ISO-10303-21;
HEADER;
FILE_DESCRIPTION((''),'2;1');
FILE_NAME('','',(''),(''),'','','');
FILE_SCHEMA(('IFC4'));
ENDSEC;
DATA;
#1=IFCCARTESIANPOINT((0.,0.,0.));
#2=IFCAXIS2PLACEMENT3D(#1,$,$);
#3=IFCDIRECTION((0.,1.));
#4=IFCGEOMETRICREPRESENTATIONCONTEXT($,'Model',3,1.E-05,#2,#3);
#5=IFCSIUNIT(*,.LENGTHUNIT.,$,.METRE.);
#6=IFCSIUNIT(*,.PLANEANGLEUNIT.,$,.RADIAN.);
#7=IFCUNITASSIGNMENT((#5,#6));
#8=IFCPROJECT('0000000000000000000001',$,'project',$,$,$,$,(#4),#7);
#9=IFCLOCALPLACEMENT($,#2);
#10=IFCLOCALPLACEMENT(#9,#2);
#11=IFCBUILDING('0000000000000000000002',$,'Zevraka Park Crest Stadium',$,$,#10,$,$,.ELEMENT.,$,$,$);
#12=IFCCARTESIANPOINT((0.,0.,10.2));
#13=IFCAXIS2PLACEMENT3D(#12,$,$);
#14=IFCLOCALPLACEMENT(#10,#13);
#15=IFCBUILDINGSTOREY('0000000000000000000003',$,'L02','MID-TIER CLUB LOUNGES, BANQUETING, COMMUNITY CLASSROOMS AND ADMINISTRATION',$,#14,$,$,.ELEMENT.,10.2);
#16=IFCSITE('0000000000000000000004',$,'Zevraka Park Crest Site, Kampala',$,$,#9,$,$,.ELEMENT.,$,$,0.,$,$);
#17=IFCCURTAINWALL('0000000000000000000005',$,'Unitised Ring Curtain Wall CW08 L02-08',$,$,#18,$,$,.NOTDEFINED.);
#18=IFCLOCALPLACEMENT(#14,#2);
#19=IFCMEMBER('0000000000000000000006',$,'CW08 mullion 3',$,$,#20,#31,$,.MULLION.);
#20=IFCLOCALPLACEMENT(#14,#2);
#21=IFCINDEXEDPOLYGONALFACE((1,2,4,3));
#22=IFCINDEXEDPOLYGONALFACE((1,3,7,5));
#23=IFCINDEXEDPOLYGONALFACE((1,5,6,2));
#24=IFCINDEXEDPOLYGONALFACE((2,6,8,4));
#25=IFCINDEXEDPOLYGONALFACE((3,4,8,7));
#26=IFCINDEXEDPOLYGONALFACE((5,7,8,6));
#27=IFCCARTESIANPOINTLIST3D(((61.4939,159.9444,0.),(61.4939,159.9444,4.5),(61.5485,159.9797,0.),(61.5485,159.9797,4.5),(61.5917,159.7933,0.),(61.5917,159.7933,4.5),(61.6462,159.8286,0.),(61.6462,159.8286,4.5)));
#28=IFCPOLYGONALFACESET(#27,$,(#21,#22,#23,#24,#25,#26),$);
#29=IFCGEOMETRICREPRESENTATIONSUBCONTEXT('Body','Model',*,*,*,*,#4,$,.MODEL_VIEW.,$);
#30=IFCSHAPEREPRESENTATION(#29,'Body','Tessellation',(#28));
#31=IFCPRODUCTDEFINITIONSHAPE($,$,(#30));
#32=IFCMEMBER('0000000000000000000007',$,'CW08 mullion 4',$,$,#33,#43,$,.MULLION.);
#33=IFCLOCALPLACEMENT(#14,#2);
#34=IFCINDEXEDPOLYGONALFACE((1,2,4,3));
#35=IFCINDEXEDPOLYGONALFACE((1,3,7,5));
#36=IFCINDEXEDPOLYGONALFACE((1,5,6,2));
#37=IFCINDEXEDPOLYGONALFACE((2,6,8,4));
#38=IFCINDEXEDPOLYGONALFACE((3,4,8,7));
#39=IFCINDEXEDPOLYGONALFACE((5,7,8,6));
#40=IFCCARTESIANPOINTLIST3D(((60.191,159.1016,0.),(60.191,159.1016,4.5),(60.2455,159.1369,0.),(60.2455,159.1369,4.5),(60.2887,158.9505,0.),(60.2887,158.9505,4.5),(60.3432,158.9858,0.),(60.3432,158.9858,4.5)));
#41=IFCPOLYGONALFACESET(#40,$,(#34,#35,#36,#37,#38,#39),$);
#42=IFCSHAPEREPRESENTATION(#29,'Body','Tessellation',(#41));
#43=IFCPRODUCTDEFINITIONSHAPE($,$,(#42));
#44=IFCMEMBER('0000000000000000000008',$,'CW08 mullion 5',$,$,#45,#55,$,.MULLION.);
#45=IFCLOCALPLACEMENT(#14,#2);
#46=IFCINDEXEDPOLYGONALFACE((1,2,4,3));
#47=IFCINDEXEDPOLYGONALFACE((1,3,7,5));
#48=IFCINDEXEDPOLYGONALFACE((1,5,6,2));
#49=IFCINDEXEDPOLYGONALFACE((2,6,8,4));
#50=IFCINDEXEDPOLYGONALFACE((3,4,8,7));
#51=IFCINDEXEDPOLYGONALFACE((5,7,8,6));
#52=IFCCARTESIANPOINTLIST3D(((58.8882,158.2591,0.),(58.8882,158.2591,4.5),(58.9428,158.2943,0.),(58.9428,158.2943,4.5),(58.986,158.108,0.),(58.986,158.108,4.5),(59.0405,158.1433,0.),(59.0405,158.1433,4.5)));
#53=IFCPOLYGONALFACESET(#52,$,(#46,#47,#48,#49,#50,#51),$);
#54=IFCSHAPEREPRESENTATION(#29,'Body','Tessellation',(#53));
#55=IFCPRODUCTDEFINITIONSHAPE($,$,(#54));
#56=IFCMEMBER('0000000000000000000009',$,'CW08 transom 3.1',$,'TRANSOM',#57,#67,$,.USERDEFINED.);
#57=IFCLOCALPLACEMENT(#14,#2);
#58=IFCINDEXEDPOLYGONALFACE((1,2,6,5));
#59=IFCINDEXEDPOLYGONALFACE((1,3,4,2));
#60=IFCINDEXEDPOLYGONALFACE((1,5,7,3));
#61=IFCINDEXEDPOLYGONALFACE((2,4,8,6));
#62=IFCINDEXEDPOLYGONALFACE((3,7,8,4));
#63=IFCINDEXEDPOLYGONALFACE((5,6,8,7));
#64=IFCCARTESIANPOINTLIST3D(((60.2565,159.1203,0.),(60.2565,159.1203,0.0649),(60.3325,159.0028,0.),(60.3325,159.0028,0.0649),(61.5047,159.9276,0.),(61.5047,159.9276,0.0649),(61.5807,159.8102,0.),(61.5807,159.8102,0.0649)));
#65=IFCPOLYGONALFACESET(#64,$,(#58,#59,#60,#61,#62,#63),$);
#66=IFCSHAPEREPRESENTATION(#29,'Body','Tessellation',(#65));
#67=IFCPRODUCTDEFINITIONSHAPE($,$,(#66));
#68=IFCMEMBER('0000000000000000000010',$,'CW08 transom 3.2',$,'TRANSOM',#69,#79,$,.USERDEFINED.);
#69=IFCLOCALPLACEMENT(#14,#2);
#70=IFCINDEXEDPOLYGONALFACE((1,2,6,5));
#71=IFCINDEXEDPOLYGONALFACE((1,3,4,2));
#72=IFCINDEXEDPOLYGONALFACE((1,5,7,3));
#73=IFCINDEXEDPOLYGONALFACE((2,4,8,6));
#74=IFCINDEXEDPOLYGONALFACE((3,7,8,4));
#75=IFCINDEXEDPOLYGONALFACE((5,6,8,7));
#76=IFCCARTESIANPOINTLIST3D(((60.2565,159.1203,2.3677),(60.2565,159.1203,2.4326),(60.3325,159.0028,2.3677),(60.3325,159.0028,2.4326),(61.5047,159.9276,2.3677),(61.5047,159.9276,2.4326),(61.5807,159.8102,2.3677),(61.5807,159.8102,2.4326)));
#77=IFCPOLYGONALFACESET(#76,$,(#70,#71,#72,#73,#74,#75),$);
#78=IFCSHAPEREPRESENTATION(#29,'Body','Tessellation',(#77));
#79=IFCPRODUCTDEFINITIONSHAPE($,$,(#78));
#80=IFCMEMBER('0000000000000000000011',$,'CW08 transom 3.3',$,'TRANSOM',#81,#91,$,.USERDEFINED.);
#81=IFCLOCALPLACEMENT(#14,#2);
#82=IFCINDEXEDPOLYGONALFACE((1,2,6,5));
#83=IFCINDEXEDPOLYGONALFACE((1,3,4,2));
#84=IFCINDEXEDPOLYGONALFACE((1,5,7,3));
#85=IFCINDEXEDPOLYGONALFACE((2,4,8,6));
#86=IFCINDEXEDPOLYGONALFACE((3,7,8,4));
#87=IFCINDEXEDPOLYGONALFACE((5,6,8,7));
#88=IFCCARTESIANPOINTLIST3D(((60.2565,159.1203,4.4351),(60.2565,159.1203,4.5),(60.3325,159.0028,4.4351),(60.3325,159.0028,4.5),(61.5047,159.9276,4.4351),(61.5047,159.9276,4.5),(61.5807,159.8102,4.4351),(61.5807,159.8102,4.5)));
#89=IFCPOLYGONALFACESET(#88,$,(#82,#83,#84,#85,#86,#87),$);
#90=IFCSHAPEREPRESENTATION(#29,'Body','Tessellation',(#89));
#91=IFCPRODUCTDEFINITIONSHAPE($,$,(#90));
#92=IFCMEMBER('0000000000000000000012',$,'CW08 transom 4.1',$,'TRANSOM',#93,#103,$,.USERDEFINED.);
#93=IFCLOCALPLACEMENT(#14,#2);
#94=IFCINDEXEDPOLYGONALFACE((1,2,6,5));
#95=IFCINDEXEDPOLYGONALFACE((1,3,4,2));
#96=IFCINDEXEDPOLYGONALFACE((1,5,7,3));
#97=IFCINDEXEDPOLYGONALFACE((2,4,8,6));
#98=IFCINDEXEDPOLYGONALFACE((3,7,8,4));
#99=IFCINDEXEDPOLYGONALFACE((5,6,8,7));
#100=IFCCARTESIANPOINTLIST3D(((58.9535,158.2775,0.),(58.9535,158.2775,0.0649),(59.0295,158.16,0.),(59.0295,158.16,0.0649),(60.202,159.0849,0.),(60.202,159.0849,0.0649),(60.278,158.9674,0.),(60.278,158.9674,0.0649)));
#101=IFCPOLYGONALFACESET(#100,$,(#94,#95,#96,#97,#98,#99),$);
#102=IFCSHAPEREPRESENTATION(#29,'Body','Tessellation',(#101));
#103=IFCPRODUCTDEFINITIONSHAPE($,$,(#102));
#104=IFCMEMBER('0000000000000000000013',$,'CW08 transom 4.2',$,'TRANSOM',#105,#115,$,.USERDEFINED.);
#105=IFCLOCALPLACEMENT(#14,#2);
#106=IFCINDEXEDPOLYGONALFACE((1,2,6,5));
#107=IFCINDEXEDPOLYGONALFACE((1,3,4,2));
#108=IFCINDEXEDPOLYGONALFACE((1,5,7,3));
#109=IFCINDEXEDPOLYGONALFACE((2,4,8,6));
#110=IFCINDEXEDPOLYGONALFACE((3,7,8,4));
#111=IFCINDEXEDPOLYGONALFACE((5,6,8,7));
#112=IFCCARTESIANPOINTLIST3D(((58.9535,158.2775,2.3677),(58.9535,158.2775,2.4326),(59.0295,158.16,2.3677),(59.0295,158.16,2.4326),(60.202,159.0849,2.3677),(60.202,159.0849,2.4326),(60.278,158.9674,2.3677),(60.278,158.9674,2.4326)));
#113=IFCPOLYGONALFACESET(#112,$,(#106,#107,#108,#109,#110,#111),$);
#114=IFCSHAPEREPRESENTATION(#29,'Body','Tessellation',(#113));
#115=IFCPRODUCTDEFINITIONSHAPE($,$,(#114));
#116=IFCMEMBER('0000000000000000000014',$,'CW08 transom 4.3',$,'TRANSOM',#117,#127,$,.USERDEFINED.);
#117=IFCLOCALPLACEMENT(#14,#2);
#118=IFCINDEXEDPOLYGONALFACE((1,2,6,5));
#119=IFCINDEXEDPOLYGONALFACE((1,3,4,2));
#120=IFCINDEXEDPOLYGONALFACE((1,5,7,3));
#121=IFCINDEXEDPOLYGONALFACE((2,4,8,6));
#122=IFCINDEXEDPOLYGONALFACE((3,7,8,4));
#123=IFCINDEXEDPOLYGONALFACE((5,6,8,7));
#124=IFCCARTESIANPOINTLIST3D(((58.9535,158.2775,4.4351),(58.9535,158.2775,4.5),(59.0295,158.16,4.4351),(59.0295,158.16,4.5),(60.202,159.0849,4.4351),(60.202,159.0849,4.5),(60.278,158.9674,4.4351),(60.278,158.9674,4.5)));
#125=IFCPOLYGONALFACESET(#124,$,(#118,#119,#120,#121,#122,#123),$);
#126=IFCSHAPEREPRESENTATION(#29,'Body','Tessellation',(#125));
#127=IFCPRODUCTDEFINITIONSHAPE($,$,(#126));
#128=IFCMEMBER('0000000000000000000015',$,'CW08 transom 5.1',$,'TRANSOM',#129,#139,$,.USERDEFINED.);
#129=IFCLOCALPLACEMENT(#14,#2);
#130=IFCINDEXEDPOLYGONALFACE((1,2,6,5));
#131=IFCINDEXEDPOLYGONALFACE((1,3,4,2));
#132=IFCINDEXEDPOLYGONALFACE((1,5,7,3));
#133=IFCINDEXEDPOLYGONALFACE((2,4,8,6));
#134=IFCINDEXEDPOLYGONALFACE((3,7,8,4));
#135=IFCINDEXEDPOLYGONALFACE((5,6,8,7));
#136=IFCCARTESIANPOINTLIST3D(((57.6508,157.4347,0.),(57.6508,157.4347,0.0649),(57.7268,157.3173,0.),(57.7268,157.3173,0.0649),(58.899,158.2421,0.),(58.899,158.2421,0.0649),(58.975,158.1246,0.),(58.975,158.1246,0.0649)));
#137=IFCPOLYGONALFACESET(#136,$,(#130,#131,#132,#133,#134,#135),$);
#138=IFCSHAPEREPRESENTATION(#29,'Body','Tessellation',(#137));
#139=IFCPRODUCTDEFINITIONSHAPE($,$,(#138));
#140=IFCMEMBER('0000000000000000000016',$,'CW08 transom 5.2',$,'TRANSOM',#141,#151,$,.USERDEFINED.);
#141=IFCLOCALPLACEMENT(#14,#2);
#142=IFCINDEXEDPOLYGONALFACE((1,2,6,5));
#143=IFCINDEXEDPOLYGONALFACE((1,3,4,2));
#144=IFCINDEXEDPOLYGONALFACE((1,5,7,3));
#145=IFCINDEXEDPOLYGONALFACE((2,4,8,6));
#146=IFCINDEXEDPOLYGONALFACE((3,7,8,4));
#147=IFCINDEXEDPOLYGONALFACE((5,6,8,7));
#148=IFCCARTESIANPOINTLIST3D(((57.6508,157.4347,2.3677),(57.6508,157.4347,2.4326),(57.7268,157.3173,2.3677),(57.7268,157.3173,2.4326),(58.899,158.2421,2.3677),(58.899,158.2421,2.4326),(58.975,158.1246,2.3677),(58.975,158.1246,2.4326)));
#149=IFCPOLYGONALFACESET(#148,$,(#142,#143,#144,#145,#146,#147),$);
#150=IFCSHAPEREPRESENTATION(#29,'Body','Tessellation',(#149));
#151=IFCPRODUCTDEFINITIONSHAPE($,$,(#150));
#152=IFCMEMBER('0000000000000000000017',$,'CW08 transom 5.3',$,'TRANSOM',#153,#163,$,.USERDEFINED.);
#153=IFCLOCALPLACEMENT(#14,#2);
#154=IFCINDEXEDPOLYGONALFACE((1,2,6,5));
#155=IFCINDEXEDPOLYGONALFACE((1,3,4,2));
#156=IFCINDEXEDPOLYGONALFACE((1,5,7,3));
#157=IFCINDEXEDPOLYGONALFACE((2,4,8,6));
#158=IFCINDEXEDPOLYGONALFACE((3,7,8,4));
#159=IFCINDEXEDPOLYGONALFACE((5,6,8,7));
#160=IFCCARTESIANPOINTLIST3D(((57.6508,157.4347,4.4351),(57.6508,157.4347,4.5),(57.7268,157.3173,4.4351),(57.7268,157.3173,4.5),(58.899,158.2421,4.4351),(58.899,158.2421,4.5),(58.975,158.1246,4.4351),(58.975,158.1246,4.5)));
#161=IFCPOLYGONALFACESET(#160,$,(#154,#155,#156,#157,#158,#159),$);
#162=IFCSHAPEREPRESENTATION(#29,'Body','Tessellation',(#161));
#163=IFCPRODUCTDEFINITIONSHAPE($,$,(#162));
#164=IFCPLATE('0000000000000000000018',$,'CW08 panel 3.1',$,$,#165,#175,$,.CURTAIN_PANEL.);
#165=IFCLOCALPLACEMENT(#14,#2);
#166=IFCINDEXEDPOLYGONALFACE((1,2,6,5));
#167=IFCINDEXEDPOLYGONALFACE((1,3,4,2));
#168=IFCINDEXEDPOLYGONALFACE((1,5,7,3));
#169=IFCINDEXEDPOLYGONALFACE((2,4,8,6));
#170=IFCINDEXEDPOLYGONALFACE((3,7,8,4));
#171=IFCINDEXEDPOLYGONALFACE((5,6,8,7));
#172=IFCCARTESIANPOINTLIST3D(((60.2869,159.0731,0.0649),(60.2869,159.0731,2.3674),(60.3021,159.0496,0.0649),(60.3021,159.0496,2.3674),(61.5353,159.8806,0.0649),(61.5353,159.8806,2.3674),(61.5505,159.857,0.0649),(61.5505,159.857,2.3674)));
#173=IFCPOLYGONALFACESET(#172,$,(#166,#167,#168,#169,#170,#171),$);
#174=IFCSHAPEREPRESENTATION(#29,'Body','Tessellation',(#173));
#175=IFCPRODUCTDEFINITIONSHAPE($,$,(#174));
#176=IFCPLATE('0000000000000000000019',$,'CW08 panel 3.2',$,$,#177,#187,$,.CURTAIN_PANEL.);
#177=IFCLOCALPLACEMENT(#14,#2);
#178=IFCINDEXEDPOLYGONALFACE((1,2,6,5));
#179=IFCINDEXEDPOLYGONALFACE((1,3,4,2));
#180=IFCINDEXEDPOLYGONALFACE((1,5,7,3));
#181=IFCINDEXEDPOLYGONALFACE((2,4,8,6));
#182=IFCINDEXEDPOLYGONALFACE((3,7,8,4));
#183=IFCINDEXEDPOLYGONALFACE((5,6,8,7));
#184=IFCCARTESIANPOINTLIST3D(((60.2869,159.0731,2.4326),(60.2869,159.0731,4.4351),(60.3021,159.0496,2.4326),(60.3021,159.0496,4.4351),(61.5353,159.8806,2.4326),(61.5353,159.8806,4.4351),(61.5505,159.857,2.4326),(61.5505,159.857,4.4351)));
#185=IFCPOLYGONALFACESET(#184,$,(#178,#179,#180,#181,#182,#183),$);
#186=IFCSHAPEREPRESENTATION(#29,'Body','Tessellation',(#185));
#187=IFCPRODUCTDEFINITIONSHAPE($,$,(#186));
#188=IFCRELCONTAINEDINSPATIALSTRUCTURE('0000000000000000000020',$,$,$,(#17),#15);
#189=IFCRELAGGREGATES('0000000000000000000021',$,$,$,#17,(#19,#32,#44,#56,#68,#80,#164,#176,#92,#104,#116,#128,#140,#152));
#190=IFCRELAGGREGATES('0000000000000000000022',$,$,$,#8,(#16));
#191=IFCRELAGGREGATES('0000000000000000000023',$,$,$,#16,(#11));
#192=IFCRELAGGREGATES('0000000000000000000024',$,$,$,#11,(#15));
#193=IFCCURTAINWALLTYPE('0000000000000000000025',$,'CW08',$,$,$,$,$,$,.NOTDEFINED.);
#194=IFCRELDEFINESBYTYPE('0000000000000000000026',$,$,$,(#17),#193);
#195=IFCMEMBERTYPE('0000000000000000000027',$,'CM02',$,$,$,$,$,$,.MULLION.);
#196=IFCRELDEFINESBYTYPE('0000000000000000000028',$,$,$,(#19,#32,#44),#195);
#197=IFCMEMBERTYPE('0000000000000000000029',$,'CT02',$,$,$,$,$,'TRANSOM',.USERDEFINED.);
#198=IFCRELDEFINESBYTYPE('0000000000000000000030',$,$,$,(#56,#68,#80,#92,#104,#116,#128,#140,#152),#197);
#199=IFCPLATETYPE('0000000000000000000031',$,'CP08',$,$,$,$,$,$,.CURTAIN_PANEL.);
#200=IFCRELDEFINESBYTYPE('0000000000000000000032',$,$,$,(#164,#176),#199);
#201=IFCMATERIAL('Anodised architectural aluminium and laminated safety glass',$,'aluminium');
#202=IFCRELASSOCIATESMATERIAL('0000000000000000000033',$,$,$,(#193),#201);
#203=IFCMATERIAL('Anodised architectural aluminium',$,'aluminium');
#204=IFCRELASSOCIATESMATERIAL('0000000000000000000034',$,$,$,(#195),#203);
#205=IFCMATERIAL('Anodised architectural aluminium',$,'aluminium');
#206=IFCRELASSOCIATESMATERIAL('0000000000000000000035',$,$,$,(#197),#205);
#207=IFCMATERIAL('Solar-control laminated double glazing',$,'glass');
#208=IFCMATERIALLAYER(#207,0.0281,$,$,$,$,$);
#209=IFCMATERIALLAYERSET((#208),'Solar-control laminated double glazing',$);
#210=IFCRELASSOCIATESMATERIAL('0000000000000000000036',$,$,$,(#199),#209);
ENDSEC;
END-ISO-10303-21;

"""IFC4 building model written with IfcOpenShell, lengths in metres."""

from ifc_helpers import new_model, si_unit, direction, frame, origin, origin_2d, place, context, subcontext, project, spatial, rectangle, extrude, material, layer, layer_set, material_profile, profile_set, type_object, element, aggregate, save


model = new_model("IFC4")

# Units and contexts
model_context = context("Model", 3, precision=1e-05, world=origin(), true_north=direction((0.0, 1.0)))
body_context = subcontext(model_context, "Body", "Model", "MODEL_VIEW")
ifc_project = project(units=[si_unit("LENGTHUNIT", "METRE"), si_unit("PLANEANGLEUNIT", "RADIAN")], contexts=[model_context])

# Site, building, storey
site_placement = place(None, origin())
site = spatial("IfcSite", under=ifc_project, at=site_placement, Name="Zevraka Park Crest Site, Kampala", CompositionType="ELEMENT", RefElevation=0.0)
building_placement = place(site_placement, origin())
building = spatial("IfcBuilding", under=site, at=building_placement, Name="Zevraka Park Crest Stadium", CompositionType="ELEMENT")
storey_placement = place(building_placement, frame((0.0, 0.0, 10.2)))
storey = spatial("IfcBuildingStorey", under=building, at=storey_placement, Name="L02", Description="MID-TIER CLUB LOUNGES, BANQUETING, COMMUNITY CLASSROOMS AND ADMINISTRATION", CompositionType="ELEMENT", Elevation=10.2)

# Curtain wall, members, plates
ifc_material_1 = material(Name="Anodised architectural aluminium and laminated safety glass", Category="aluminium")
curtain_wall_type = type_object("IfcCurtainWallType", Name="CW08", PredefinedType="NOTDEFINED", material=ifc_material_1)
curtain_wall_placement = place(storey_placement, origin())
curtain_wall = element("IfcCurtainWall", 1, at=curtain_wall_placement, inside=storey, type_object=curtain_wall_type, Name="Unitised Ring Curtain Wall CW08 L02-08", PredefinedType="NOTDEFINED")
ifc_material_2 = material(Name="Anodised architectural aluminium", Category="aluminium")
ifc_material_profile_1 = material_profile(ifc_material_2, rectangle(XDim=0.1799, YDim=0.0649, at=origin_2d()), Name="ALU MULLION 180x65")
ifc_profile_set_1 = profile_set([ifc_material_profile_1], Name="Anodised architectural aluminium")
member_type_1 = type_object("IfcMemberType", Name="CM02", PredefinedType="MULLION", material=ifc_profile_set_1)
member_1_placement = place(storey_placement, frame((61.5701, 159.8865, 0.0), z_axis=(0.0, 0.0, 1.0), x_axis=(0.543096, -0.83967, 0.0)))
member_1 = element("IfcMember", 2, at=member_1_placement, type_object=member_type_1, Name="CW08 mullion 3", PredefinedType="MULLION", context=body_context, shape_type="SweptSolid", body=[
    extrude(rectangle(XDim=0.1799, YDim=0.0649, at=origin_2d()), origin(), (0.0, 0.0, 1.0), 4.5),
])
member_2_placement = place(storey_placement, frame((60.2671, 159.0437, 0.0), z_axis=(0.0, 0.0, 1.0), x_axis=(0.543096, -0.83967, 0.0)))
member_2 = element("IfcMember", 3, at=member_2_placement, type_object=member_type_1, Name="CW08 mullion 4", PredefinedType="MULLION", context=body_context, shape_type="SweptSolid", body=[
    extrude(rectangle(XDim=0.1799, YDim=0.0649, at=origin_2d()), origin(), (0.0, 0.0, 1.0), 4.5),
])
member_3_placement = place(storey_placement, frame((58.9644, 158.2012, 0.0), z_axis=(0.0, 0.0, 1.0), x_axis=(0.543096, -0.83967, 0.0)))
member_3 = element("IfcMember", 4, at=member_3_placement, type_object=member_type_1, Name="CW08 mullion 5", PredefinedType="MULLION", context=body_context, shape_type="SweptSolid", body=[
    extrude(rectangle(XDim=0.1799, YDim=0.0649, at=origin_2d()), origin(), (0.0, 0.0, 1.0), 4.5),
])
ifc_material_3 = material(Name="Anodised architectural aluminium", Category="aluminium")
ifc_material_profile_2 = material_profile(ifc_material_3, rectangle(XDim=0.1399, YDim=0.0649, at=origin_2d()), Name="ALU TRANSOM 140x65")
ifc_profile_set_2 = profile_set([ifc_material_profile_2], Name="Anodised architectural aluminium")
member_type_2 = type_object("IfcMemberType", Name="CT02", ElementType="TRANSOM", PredefinedType="USERDEFINED", material=ifc_profile_set_2)
member_4_placement = place(storey_placement, frame((61.5427, 159.8689, 0.0325), z_axis=(-0.839676, -0.543088, 0.0), x_axis=(0.543088, -0.839676, 0.0)))
member_4 = element("IfcMember", 5, at=member_4_placement, type_object=member_type_2, Name="CW08 transom 3.1", ObjectType="TRANSOM", PredefinedType="USERDEFINED", context=body_context, shape_type="SweptSolid", body=[
    extrude(rectangle(XDim=0.1399, YDim=0.0649, at=origin_2d()), origin(), (0.0, 0.0, 1.0), 1.4866),
])
member_5_placement = place(storey_placement, frame((61.5427, 159.8689, 2.4001), z_axis=(-0.839676, -0.543088, 0.0), x_axis=(0.543088, -0.839676, 0.0)))
member_5 = element("IfcMember", 6, at=member_5_placement, type_object=member_type_2, Name="CW08 transom 3.2", ObjectType="TRANSOM", PredefinedType="USERDEFINED", context=body_context, shape_type="SweptSolid", body=[
    extrude(rectangle(XDim=0.1399, YDim=0.0649, at=origin_2d()), origin(), (0.0, 0.0, 1.0), 1.4866),
])
member_6_placement = place(storey_placement, frame((61.5427, 159.8689, 4.4675), z_axis=(-0.839676, -0.543088, 0.0), x_axis=(0.543088, -0.839676, 0.0)))
member_6 = element("IfcMember", 7, at=member_6_placement, type_object=member_type_2, Name="CW08 transom 3.3", ObjectType="TRANSOM", PredefinedType="USERDEFINED", context=body_context, shape_type="SweptSolid", body=[
    extrude(rectangle(XDim=0.1399, YDim=0.0649, at=origin_2d()), origin(), (0.0, 0.0, 1.0), 1.4866),
])
member_7_placement = place(storey_placement, frame((60.24, 159.0261, 0.0325), z_axis=(-0.839724, -0.543013, 0.0), x_axis=(0.543013, -0.839724, 0.0)))
member_7 = element("IfcMember", 8, at=member_7_placement, type_object=member_type_2, Name="CW08 transom 4.1", ObjectType="TRANSOM", PredefinedType="USERDEFINED", context=body_context, shape_type="SweptSolid", body=[
    extrude(rectangle(XDim=0.1399, YDim=0.0649, at=origin_2d()), origin(), (0.0, 0.0, 1.0), 1.4868),
])
member_8_placement = place(storey_placement, frame((60.24, 159.0261, 2.4001), z_axis=(-0.839724, -0.543013, 0.0), x_axis=(0.543013, -0.839724, 0.0)))
member_8 = element("IfcMember", 9, at=member_8_placement, type_object=member_type_2, Name="CW08 transom 4.2", ObjectType="TRANSOM", PredefinedType="USERDEFINED", context=body_context, shape_type="SweptSolid", body=[
    extrude(rectangle(XDim=0.1399, YDim=0.0649, at=origin_2d()), origin(), (0.0, 0.0, 1.0), 1.4868),
])
member_9_placement = place(storey_placement, frame((60.24, 159.0261, 4.4675), z_axis=(-0.839724, -0.543013, 0.0), x_axis=(0.543013, -0.839724, 0.0)))
member_9 = element("IfcMember", 10, at=member_9_placement, type_object=member_type_2, Name="CW08 transom 4.3", ObjectType="TRANSOM", PredefinedType="USERDEFINED", context=body_context, shape_type="SweptSolid", body=[
    extrude(rectangle(XDim=0.1399, YDim=0.0649, at=origin_2d()), origin(), (0.0, 0.0, 1.0), 1.4868),
])
member_10_placement = place(storey_placement, frame((58.937, 158.1833, 0.0325), z_axis=(-0.839676, -0.543088, 0.0), x_axis=(0.543088, -0.839676, 0.0)))
member_10 = element("IfcMember", 11, at=member_10_placement, type_object=member_type_2, Name="CW08 transom 5.1", ObjectType="TRANSOM", PredefinedType="USERDEFINED", context=body_context, shape_type="SweptSolid", body=[
    extrude(rectangle(XDim=0.1399, YDim=0.0649, at=origin_2d()), origin(), (0.0, 0.0, 1.0), 1.4866),
])
member_11_placement = place(storey_placement, frame((58.937, 158.1833, 2.4001), z_axis=(-0.839676, -0.543088, 0.0), x_axis=(0.543088, -0.839676, 0.0)))
member_11 = element("IfcMember", 12, at=member_11_placement, type_object=member_type_2, Name="CW08 transom 5.2", ObjectType="TRANSOM", PredefinedType="USERDEFINED", context=body_context, shape_type="SweptSolid", body=[
    extrude(rectangle(XDim=0.1399, YDim=0.0649, at=origin_2d()), origin(), (0.0, 0.0, 1.0), 1.4866),
])
member_12_placement = place(storey_placement, frame((58.937, 158.1833, 4.4675), z_axis=(-0.839676, -0.543088, 0.0), x_axis=(0.543088, -0.839676, 0.0)))
member_12 = element("IfcMember", 13, at=member_12_placement, type_object=member_type_2, Name="CW08 transom 5.3", ObjectType="TRANSOM", PredefinedType="USERDEFINED", context=body_context, shape_type="SweptSolid", body=[
    extrude(rectangle(XDim=0.1399, YDim=0.0649, at=origin_2d()), origin(), (0.0, 0.0, 1.0), 1.4866),
])
ifc_material_4 = material(Name="Solar-control laminated double glazing", Category="glass")
ifc_layer_1 = layer(ifc_material_4, 0.0281)
ifc_layer_set_1 = layer_set([ifc_layer_1], Name="Solar-control laminated double glazing")
plate_type = type_object("IfcPlateType", Name="CP08", PredefinedType="CURTAIN_PANEL", material=ifc_layer_set_1)
plate_1_placement = place(storey_placement, frame((60.9187, 159.4651, 0.0649), z_axis=(0.0, 0.0, 1.0), x_axis=(-0.83967, -0.543096, 0.0)))
plate_1 = element("IfcPlate", 14, at=plate_1_placement, type_object=plate_type, Name="CW08 panel 3.1", PredefinedType="CURTAIN_PANEL", context=body_context, shape_type="SweptSolid", body=[
    extrude(rectangle(XDim=1.4868, YDim=0.0281, at=origin_2d()), origin(), (0.0, 0.0, 1.0), 2.3025),
])
plate_2_placement = place(storey_placement, frame((60.9187, 159.4651, 2.4326), z_axis=(0.0, 0.0, 1.0), x_axis=(-0.83967, -0.543096, 0.0)))
plate_2 = element("IfcPlate", 15, at=plate_2_placement, type_object=plate_type, Name="CW08 panel 3.2", PredefinedType="CURTAIN_PANEL", context=body_context, shape_type="SweptSolid", body=[
    extrude(rectangle(XDim=1.4868, YDim=0.0281, at=origin_2d()), origin(), (0.0, 0.0, 1.0), 2.0024),
])
aggregate(curtain_wall, [member_1, member_2, member_3, member_4, member_5, member_6, plate_1, plate_2, member_7, member_8, member_9, member_10, member_11, member_12])

save(model, "model.ifc")
